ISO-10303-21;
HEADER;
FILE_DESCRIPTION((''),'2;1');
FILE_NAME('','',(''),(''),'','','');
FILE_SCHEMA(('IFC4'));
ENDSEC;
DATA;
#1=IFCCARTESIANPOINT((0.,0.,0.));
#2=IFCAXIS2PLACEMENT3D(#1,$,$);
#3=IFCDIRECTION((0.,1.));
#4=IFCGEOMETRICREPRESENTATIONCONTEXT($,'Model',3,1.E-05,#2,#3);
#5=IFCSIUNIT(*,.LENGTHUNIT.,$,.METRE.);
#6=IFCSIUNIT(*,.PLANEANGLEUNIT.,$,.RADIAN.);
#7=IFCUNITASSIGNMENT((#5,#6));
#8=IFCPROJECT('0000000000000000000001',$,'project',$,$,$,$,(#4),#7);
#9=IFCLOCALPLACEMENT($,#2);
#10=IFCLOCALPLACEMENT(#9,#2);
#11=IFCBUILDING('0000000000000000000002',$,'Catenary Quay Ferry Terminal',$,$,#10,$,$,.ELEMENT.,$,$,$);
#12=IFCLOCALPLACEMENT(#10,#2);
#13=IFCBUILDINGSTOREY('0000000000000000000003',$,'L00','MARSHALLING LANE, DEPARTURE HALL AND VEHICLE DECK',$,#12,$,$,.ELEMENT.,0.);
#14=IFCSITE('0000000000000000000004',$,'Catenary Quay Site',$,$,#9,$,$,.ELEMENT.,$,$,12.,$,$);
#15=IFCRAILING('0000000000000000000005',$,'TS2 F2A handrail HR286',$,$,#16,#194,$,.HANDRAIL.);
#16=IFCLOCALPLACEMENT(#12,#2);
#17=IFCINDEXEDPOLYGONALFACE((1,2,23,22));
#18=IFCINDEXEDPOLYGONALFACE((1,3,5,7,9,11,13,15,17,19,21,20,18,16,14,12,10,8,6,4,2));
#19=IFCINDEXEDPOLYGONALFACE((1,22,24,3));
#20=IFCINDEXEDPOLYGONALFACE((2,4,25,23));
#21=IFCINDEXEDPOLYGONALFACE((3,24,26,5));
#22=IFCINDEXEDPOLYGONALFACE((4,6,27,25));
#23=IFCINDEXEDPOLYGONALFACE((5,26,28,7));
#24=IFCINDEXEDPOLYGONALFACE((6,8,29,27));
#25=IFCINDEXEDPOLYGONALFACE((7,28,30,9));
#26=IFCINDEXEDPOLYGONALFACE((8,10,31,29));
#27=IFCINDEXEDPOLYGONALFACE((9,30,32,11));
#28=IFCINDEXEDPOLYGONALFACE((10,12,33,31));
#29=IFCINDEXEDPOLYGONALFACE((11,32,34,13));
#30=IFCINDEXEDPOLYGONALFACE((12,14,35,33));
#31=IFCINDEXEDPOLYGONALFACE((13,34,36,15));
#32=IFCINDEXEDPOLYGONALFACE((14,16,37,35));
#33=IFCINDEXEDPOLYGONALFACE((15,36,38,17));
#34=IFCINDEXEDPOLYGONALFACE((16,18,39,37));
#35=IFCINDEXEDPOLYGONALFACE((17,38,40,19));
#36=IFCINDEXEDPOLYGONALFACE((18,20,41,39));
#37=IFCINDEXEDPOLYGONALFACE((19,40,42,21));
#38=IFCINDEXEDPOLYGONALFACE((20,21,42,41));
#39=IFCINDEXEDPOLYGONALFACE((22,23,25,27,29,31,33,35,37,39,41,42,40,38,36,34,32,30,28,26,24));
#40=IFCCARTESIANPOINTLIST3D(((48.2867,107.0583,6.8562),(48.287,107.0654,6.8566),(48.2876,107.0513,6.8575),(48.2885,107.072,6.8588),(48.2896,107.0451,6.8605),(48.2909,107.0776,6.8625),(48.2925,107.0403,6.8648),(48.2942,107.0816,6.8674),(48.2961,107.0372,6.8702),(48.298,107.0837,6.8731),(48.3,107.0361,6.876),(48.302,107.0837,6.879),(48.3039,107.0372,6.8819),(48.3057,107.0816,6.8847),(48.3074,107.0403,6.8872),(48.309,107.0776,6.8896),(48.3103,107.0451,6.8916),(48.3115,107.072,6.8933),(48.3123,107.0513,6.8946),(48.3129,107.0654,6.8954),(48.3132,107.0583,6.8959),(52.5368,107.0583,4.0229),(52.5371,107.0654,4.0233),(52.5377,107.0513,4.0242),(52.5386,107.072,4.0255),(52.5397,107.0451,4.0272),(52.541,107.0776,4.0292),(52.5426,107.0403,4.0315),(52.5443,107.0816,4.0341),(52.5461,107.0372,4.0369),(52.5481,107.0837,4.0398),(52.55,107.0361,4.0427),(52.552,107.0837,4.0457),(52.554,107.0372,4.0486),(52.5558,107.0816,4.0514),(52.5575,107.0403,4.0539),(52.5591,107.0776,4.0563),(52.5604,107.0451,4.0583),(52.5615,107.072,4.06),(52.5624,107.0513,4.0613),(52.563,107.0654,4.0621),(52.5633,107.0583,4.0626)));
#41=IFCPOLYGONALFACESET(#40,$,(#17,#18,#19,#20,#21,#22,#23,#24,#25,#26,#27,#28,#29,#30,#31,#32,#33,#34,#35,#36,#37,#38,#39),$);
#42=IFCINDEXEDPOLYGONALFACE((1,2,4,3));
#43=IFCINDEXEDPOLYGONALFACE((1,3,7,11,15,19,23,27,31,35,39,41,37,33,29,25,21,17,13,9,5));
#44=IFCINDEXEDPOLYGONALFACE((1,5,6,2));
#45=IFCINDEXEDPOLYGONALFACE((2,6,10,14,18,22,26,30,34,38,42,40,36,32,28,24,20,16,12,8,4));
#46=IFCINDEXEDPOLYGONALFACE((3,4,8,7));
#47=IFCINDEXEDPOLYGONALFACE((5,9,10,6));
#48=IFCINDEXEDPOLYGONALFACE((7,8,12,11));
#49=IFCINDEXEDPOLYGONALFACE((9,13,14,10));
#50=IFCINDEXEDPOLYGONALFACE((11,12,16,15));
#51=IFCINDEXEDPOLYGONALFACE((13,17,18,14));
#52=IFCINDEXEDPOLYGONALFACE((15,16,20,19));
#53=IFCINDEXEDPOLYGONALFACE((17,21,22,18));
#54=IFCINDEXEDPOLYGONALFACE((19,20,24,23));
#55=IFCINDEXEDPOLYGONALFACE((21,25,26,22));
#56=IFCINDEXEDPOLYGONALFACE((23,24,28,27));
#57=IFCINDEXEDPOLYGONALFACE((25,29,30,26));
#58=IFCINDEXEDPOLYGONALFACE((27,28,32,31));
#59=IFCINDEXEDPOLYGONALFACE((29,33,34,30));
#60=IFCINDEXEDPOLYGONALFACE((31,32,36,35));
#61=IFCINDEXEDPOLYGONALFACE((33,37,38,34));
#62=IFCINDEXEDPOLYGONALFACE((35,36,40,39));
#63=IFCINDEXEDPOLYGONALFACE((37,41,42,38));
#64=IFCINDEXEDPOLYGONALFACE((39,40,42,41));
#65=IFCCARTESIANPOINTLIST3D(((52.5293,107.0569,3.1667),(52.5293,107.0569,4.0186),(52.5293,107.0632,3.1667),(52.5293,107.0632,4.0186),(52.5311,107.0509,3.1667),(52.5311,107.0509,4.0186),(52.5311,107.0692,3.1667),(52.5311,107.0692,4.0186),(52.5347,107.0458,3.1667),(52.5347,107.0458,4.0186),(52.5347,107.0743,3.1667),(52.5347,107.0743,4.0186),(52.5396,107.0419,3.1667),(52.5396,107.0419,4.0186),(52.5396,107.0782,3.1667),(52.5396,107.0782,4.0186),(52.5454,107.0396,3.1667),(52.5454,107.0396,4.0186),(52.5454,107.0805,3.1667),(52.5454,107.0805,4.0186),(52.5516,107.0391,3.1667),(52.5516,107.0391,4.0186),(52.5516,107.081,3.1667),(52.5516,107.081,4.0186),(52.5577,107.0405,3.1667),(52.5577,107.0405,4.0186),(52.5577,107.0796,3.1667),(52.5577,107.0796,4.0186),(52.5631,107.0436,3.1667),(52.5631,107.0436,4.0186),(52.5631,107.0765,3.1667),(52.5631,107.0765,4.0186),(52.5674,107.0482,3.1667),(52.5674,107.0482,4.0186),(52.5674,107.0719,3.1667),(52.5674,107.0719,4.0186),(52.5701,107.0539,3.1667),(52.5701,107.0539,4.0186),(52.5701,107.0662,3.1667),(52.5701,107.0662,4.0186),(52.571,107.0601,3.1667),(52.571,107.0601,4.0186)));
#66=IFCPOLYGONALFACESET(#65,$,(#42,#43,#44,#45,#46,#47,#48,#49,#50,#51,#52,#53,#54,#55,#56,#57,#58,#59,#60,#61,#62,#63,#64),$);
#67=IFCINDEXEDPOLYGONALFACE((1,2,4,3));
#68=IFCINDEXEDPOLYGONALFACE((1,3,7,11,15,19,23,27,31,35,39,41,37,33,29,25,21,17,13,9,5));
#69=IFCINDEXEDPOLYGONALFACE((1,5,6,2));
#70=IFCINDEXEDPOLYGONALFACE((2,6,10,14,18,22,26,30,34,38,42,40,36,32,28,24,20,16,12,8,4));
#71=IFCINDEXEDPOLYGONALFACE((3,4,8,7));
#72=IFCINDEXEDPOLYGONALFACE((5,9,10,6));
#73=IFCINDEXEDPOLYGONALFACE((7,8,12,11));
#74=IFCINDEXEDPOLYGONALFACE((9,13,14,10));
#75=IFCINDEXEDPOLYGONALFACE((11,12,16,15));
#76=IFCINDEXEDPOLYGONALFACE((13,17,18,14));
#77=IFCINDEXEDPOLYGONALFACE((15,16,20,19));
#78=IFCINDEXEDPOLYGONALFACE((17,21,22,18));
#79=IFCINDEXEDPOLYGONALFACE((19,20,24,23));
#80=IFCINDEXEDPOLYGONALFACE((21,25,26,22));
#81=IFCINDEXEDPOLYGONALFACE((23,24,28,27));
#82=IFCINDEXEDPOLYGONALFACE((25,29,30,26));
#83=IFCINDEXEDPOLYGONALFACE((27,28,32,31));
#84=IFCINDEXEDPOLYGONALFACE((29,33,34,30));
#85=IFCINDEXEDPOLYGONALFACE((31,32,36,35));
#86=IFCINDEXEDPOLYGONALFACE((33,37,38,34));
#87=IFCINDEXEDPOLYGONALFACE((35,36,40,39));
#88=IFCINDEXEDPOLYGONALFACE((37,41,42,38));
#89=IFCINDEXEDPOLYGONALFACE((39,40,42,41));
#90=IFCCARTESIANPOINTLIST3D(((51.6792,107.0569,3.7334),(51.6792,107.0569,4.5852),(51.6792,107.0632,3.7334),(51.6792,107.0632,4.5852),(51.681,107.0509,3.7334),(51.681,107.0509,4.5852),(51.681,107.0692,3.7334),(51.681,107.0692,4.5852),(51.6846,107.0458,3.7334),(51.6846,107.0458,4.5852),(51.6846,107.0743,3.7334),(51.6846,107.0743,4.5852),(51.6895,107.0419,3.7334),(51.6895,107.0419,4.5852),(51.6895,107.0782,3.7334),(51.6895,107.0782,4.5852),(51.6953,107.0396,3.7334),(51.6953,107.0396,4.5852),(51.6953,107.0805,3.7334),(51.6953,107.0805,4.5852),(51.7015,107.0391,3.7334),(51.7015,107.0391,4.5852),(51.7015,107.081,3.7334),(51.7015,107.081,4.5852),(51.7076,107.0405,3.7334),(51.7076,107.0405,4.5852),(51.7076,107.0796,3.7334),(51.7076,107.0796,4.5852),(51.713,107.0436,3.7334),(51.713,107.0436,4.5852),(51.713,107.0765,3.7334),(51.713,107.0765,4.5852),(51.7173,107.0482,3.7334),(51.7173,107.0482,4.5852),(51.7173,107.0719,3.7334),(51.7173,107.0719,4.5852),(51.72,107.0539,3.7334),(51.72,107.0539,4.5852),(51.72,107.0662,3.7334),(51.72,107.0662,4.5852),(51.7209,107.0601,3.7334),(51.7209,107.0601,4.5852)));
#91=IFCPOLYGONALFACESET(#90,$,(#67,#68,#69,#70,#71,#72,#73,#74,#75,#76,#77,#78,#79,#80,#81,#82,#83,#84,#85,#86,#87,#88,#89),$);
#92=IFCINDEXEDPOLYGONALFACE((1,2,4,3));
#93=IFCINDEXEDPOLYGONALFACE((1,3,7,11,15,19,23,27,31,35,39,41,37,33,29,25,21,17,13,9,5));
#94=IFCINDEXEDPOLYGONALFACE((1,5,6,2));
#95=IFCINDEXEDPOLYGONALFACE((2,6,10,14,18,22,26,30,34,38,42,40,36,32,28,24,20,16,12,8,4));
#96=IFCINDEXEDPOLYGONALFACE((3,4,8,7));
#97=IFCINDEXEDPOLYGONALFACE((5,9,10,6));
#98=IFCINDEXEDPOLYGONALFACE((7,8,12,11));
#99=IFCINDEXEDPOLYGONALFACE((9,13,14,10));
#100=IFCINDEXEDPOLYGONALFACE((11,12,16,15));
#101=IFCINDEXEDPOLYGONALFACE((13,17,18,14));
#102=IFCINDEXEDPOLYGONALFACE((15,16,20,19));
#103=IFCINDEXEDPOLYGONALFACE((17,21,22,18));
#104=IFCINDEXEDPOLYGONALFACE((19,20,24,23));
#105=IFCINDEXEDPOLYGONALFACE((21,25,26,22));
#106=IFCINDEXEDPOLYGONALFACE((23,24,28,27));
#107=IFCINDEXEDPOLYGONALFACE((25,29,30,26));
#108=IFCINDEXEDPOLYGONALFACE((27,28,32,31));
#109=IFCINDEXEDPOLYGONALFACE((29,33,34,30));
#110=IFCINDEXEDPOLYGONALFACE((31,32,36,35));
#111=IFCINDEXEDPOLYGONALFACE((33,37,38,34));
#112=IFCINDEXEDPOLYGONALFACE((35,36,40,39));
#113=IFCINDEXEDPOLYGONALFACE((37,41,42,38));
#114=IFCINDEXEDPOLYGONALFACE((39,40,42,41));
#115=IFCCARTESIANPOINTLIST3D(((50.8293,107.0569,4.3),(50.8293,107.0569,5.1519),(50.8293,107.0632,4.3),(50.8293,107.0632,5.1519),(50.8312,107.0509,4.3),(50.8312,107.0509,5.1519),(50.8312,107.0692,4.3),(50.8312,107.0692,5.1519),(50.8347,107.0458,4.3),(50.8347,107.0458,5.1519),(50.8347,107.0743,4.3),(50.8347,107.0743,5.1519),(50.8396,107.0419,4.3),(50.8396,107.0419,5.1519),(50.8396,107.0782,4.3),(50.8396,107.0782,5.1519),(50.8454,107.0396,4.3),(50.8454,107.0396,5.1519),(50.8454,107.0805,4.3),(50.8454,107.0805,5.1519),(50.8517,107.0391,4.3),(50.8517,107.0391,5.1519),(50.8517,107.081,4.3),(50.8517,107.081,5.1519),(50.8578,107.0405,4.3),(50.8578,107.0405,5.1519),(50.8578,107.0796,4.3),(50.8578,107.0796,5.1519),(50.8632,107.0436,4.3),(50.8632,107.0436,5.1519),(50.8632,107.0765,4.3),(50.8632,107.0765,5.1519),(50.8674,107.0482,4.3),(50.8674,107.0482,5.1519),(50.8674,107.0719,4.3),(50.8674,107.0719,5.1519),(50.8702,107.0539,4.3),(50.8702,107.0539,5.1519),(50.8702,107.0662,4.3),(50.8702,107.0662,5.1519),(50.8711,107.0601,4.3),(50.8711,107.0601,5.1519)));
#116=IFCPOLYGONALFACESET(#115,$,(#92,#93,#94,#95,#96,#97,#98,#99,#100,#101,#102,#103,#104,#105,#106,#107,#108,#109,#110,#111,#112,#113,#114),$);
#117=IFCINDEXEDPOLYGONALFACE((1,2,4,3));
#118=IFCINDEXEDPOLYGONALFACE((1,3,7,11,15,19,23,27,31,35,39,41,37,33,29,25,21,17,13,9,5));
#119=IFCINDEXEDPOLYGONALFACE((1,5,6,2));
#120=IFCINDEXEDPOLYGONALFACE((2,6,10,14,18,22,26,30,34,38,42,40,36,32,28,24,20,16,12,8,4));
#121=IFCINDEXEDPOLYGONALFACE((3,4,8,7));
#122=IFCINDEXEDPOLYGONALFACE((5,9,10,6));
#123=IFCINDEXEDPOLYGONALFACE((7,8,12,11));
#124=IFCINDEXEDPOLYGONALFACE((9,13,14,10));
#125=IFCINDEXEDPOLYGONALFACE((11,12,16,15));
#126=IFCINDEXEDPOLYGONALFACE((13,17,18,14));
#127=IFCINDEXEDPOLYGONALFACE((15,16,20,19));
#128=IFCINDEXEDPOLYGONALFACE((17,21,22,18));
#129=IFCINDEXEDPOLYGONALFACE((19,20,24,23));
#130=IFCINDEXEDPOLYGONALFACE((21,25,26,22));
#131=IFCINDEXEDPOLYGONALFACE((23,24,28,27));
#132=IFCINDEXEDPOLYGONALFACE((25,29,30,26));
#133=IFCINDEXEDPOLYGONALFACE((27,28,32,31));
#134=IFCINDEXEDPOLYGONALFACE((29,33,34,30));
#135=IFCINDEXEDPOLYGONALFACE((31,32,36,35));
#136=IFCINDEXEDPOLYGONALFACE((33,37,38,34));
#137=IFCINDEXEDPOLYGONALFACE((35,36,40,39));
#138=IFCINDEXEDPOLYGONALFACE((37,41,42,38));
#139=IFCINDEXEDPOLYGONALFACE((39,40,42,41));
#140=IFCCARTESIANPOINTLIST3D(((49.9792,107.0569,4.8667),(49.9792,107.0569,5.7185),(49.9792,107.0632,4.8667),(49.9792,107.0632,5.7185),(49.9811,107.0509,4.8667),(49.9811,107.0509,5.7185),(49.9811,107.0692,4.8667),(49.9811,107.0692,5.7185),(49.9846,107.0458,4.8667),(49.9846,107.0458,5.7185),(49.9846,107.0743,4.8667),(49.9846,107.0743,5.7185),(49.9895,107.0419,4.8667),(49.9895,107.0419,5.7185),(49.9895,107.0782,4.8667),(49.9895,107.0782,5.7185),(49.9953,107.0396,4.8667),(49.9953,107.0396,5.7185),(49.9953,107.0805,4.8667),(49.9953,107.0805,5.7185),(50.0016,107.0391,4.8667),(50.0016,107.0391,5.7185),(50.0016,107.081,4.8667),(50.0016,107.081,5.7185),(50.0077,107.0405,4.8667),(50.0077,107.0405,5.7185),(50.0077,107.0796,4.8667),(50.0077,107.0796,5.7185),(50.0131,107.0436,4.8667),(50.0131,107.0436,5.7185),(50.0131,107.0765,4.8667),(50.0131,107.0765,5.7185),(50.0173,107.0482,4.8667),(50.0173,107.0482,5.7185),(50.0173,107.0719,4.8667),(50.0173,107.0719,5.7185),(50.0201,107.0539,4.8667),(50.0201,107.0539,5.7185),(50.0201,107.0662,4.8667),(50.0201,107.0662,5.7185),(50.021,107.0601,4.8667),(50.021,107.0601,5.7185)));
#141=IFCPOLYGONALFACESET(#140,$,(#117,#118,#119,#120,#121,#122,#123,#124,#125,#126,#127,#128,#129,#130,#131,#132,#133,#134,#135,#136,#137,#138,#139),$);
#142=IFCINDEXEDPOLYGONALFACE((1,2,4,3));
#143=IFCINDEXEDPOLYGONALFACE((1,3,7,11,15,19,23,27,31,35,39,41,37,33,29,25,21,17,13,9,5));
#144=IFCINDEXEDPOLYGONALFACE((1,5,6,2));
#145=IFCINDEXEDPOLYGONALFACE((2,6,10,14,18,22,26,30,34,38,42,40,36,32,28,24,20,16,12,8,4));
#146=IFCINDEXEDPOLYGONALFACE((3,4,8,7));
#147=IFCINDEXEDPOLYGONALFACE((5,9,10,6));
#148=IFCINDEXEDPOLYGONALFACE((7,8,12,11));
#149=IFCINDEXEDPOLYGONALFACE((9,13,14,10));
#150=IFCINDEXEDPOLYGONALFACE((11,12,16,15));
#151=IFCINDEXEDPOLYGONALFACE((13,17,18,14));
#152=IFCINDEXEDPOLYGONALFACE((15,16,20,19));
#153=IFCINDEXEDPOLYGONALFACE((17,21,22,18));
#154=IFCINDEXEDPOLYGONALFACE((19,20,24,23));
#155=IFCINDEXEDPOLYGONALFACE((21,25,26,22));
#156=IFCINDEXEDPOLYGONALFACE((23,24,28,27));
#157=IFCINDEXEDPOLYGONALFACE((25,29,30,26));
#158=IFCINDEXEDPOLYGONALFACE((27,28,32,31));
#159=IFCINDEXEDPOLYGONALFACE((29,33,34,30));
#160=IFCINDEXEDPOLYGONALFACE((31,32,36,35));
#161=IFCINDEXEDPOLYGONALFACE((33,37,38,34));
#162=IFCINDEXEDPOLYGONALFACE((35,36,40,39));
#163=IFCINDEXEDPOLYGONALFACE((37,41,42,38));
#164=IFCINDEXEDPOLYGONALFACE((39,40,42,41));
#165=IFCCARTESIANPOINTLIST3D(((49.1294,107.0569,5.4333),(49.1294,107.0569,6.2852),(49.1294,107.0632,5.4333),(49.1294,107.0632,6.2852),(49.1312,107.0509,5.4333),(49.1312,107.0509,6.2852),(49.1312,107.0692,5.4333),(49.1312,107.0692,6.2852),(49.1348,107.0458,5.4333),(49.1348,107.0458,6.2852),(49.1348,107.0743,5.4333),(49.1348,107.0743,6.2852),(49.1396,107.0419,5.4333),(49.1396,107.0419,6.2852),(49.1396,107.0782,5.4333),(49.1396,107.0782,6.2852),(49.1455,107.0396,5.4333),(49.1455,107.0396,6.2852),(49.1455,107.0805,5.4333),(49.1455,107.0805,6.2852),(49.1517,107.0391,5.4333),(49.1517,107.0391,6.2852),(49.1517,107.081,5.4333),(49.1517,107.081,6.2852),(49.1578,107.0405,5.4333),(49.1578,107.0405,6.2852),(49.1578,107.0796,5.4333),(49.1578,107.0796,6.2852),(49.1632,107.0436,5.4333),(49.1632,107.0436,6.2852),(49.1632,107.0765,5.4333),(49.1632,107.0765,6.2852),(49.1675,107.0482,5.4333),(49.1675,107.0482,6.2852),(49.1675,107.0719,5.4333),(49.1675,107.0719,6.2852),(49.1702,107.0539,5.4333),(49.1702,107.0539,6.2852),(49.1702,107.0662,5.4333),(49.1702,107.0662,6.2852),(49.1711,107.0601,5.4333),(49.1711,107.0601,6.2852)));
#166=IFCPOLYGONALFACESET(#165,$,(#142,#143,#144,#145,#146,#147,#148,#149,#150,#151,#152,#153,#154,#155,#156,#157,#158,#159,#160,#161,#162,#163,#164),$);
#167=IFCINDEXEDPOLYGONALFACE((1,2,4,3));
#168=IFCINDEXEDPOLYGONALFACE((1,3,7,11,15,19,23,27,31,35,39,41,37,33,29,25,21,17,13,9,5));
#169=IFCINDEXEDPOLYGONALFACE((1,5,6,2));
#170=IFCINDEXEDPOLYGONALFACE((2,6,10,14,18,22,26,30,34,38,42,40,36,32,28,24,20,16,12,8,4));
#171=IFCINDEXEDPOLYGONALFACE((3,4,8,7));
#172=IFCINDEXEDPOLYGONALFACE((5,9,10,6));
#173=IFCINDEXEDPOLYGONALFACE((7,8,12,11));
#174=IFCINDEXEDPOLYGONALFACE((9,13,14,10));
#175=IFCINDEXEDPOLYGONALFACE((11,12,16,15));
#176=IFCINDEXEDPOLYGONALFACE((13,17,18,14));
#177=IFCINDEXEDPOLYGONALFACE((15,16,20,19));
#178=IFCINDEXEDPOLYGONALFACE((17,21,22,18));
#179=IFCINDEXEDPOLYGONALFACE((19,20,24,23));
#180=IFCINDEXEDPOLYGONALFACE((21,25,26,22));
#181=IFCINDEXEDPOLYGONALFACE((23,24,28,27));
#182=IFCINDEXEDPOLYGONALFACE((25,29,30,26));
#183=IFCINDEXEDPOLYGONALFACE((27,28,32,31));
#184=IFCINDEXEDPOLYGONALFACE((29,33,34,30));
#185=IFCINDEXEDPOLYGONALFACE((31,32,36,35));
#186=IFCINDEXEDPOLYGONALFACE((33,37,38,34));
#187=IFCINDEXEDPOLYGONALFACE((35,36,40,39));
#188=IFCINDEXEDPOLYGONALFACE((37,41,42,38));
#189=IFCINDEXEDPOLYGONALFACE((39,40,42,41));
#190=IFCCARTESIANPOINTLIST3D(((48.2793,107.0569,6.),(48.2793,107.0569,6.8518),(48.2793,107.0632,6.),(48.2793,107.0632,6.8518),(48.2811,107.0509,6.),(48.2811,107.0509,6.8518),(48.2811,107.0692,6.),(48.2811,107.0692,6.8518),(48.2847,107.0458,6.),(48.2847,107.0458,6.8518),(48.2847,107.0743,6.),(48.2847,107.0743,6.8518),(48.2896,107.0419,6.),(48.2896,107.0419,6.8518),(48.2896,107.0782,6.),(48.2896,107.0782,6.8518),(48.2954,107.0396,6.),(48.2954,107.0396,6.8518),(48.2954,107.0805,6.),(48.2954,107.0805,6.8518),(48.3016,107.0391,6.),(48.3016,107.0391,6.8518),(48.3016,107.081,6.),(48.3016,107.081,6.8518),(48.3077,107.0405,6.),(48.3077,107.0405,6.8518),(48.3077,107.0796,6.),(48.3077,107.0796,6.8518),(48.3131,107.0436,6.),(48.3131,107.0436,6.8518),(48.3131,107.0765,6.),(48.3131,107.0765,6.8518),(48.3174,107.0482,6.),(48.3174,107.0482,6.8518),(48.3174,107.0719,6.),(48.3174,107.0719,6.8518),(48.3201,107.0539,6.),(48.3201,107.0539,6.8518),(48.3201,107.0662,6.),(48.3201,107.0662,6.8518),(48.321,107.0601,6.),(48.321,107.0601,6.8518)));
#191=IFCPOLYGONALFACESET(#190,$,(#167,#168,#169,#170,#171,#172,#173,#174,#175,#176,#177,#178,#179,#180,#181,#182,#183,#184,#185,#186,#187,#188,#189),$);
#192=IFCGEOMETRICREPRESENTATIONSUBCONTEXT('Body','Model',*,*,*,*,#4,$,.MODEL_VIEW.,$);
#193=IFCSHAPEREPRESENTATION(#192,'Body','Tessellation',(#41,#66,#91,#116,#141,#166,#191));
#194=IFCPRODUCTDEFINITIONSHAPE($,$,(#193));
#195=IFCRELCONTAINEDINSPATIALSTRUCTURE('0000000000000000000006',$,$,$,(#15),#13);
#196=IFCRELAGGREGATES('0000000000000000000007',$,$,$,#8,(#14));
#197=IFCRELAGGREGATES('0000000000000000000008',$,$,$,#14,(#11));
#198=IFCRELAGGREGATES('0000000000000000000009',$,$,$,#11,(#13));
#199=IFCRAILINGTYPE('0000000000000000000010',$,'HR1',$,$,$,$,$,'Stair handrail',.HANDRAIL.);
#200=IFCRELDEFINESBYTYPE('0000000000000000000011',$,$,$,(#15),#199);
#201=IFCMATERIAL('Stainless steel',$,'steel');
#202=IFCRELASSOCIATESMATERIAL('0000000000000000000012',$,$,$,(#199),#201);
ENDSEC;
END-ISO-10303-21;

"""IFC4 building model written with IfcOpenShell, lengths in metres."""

from ifc_helpers import new_model, si_unit, direction, frame, origin, origin_2d, place, context, subcontext, project, spatial, circle, extrude, material, type_object, element, save


model = new_model("IFC4")

# Units and contexts
model_context = context("Model", 3, precision=1e-05, world=origin(), true_north=direction((0.0, 1.0)))
body_context = subcontext(model_context, "Body", "Model", "MODEL_VIEW")
ifc_project = project(units=[si_unit("LENGTHUNIT", "METRE"), si_unit("PLANEANGLEUNIT", "RADIAN")], contexts=[model_context])

# Site, building, storey
site_placement = place(None, origin())
site = spatial("IfcSite", under=ifc_project, at=site_placement, Name="Catenary Quay Site", CompositionType="ELEMENT", RefElevation=12.0)
building_placement = place(site_placement, origin())
building = spatial("IfcBuilding", under=site, at=building_placement, Name="Catenary Quay Ferry Terminal", CompositionType="ELEMENT")
storey_placement = place(building_placement, origin())
storey = spatial("IfcBuildingStorey", under=building, at=storey_placement, Name="L00", Description="MARSHALLING LANE, DEPARTURE HALL AND VEHICLE DECK", CompositionType="ELEMENT", Elevation=0.0)

# Railing
ifc_material_1 = material(Name="Stainless steel", Category="steel")
railing_type_1 = type_object("IfcRailingType", Name="HR1", ElementType="Stair handrail", PredefinedType="HANDRAIL", material=ifc_material_1)
railing_1_placement = place(storey_placement, frame((52.55, 107.0601, 3.1667)))
element("IfcRailing", 1, at=railing_1_placement, inside=storey, type_object=railing_type_1, Name="TS2 F2A handrail HR286", PredefinedType="HANDRAIL", context=body_context, shape_type="SweptSolid", body=[
    extrude(circle(Radius=0.0239, at=origin_2d()), frame((0.0, 0.0, 0.876), z_axis=(-0.832058, 0.0, 0.554689), x_axis=(0.0, -1.0, 0.0)), (0.0, 0.0, 1.0), 5.1079),
    extrude(circle(Radius=0.021, at=origin_2d()), origin(), (0.0, 0.0, 1.0), 0.8518),
    extrude(circle(Radius=0.021, at=origin_2d()), frame((-0.8501, 0.0, 0.5667)), (0.0, 0.0, 1.0), 0.8518),
    extrude(circle(Radius=0.021, at=origin_2d()), frame((-1.7, 0.0, 1.1333)), (0.0, 0.0, 1.0), 0.8518),
    extrude(circle(Radius=0.021, at=origin_2d()), frame((-2.55, 0.0, 1.7)), (0.0, 0.0, 1.0), 0.8518),
    extrude(circle(Radius=0.021, at=origin_2d()), frame((-3.3999, 0.0, 2.2666)), (0.0, 0.0, 1.0), 0.8518),
    extrude(circle(Radius=0.021, at=origin_2d()), frame((-4.25, 0.0, 2.8333)), (0.0, 0.0, 1.0), 0.8518),
])

save(model, "model.ifc")
